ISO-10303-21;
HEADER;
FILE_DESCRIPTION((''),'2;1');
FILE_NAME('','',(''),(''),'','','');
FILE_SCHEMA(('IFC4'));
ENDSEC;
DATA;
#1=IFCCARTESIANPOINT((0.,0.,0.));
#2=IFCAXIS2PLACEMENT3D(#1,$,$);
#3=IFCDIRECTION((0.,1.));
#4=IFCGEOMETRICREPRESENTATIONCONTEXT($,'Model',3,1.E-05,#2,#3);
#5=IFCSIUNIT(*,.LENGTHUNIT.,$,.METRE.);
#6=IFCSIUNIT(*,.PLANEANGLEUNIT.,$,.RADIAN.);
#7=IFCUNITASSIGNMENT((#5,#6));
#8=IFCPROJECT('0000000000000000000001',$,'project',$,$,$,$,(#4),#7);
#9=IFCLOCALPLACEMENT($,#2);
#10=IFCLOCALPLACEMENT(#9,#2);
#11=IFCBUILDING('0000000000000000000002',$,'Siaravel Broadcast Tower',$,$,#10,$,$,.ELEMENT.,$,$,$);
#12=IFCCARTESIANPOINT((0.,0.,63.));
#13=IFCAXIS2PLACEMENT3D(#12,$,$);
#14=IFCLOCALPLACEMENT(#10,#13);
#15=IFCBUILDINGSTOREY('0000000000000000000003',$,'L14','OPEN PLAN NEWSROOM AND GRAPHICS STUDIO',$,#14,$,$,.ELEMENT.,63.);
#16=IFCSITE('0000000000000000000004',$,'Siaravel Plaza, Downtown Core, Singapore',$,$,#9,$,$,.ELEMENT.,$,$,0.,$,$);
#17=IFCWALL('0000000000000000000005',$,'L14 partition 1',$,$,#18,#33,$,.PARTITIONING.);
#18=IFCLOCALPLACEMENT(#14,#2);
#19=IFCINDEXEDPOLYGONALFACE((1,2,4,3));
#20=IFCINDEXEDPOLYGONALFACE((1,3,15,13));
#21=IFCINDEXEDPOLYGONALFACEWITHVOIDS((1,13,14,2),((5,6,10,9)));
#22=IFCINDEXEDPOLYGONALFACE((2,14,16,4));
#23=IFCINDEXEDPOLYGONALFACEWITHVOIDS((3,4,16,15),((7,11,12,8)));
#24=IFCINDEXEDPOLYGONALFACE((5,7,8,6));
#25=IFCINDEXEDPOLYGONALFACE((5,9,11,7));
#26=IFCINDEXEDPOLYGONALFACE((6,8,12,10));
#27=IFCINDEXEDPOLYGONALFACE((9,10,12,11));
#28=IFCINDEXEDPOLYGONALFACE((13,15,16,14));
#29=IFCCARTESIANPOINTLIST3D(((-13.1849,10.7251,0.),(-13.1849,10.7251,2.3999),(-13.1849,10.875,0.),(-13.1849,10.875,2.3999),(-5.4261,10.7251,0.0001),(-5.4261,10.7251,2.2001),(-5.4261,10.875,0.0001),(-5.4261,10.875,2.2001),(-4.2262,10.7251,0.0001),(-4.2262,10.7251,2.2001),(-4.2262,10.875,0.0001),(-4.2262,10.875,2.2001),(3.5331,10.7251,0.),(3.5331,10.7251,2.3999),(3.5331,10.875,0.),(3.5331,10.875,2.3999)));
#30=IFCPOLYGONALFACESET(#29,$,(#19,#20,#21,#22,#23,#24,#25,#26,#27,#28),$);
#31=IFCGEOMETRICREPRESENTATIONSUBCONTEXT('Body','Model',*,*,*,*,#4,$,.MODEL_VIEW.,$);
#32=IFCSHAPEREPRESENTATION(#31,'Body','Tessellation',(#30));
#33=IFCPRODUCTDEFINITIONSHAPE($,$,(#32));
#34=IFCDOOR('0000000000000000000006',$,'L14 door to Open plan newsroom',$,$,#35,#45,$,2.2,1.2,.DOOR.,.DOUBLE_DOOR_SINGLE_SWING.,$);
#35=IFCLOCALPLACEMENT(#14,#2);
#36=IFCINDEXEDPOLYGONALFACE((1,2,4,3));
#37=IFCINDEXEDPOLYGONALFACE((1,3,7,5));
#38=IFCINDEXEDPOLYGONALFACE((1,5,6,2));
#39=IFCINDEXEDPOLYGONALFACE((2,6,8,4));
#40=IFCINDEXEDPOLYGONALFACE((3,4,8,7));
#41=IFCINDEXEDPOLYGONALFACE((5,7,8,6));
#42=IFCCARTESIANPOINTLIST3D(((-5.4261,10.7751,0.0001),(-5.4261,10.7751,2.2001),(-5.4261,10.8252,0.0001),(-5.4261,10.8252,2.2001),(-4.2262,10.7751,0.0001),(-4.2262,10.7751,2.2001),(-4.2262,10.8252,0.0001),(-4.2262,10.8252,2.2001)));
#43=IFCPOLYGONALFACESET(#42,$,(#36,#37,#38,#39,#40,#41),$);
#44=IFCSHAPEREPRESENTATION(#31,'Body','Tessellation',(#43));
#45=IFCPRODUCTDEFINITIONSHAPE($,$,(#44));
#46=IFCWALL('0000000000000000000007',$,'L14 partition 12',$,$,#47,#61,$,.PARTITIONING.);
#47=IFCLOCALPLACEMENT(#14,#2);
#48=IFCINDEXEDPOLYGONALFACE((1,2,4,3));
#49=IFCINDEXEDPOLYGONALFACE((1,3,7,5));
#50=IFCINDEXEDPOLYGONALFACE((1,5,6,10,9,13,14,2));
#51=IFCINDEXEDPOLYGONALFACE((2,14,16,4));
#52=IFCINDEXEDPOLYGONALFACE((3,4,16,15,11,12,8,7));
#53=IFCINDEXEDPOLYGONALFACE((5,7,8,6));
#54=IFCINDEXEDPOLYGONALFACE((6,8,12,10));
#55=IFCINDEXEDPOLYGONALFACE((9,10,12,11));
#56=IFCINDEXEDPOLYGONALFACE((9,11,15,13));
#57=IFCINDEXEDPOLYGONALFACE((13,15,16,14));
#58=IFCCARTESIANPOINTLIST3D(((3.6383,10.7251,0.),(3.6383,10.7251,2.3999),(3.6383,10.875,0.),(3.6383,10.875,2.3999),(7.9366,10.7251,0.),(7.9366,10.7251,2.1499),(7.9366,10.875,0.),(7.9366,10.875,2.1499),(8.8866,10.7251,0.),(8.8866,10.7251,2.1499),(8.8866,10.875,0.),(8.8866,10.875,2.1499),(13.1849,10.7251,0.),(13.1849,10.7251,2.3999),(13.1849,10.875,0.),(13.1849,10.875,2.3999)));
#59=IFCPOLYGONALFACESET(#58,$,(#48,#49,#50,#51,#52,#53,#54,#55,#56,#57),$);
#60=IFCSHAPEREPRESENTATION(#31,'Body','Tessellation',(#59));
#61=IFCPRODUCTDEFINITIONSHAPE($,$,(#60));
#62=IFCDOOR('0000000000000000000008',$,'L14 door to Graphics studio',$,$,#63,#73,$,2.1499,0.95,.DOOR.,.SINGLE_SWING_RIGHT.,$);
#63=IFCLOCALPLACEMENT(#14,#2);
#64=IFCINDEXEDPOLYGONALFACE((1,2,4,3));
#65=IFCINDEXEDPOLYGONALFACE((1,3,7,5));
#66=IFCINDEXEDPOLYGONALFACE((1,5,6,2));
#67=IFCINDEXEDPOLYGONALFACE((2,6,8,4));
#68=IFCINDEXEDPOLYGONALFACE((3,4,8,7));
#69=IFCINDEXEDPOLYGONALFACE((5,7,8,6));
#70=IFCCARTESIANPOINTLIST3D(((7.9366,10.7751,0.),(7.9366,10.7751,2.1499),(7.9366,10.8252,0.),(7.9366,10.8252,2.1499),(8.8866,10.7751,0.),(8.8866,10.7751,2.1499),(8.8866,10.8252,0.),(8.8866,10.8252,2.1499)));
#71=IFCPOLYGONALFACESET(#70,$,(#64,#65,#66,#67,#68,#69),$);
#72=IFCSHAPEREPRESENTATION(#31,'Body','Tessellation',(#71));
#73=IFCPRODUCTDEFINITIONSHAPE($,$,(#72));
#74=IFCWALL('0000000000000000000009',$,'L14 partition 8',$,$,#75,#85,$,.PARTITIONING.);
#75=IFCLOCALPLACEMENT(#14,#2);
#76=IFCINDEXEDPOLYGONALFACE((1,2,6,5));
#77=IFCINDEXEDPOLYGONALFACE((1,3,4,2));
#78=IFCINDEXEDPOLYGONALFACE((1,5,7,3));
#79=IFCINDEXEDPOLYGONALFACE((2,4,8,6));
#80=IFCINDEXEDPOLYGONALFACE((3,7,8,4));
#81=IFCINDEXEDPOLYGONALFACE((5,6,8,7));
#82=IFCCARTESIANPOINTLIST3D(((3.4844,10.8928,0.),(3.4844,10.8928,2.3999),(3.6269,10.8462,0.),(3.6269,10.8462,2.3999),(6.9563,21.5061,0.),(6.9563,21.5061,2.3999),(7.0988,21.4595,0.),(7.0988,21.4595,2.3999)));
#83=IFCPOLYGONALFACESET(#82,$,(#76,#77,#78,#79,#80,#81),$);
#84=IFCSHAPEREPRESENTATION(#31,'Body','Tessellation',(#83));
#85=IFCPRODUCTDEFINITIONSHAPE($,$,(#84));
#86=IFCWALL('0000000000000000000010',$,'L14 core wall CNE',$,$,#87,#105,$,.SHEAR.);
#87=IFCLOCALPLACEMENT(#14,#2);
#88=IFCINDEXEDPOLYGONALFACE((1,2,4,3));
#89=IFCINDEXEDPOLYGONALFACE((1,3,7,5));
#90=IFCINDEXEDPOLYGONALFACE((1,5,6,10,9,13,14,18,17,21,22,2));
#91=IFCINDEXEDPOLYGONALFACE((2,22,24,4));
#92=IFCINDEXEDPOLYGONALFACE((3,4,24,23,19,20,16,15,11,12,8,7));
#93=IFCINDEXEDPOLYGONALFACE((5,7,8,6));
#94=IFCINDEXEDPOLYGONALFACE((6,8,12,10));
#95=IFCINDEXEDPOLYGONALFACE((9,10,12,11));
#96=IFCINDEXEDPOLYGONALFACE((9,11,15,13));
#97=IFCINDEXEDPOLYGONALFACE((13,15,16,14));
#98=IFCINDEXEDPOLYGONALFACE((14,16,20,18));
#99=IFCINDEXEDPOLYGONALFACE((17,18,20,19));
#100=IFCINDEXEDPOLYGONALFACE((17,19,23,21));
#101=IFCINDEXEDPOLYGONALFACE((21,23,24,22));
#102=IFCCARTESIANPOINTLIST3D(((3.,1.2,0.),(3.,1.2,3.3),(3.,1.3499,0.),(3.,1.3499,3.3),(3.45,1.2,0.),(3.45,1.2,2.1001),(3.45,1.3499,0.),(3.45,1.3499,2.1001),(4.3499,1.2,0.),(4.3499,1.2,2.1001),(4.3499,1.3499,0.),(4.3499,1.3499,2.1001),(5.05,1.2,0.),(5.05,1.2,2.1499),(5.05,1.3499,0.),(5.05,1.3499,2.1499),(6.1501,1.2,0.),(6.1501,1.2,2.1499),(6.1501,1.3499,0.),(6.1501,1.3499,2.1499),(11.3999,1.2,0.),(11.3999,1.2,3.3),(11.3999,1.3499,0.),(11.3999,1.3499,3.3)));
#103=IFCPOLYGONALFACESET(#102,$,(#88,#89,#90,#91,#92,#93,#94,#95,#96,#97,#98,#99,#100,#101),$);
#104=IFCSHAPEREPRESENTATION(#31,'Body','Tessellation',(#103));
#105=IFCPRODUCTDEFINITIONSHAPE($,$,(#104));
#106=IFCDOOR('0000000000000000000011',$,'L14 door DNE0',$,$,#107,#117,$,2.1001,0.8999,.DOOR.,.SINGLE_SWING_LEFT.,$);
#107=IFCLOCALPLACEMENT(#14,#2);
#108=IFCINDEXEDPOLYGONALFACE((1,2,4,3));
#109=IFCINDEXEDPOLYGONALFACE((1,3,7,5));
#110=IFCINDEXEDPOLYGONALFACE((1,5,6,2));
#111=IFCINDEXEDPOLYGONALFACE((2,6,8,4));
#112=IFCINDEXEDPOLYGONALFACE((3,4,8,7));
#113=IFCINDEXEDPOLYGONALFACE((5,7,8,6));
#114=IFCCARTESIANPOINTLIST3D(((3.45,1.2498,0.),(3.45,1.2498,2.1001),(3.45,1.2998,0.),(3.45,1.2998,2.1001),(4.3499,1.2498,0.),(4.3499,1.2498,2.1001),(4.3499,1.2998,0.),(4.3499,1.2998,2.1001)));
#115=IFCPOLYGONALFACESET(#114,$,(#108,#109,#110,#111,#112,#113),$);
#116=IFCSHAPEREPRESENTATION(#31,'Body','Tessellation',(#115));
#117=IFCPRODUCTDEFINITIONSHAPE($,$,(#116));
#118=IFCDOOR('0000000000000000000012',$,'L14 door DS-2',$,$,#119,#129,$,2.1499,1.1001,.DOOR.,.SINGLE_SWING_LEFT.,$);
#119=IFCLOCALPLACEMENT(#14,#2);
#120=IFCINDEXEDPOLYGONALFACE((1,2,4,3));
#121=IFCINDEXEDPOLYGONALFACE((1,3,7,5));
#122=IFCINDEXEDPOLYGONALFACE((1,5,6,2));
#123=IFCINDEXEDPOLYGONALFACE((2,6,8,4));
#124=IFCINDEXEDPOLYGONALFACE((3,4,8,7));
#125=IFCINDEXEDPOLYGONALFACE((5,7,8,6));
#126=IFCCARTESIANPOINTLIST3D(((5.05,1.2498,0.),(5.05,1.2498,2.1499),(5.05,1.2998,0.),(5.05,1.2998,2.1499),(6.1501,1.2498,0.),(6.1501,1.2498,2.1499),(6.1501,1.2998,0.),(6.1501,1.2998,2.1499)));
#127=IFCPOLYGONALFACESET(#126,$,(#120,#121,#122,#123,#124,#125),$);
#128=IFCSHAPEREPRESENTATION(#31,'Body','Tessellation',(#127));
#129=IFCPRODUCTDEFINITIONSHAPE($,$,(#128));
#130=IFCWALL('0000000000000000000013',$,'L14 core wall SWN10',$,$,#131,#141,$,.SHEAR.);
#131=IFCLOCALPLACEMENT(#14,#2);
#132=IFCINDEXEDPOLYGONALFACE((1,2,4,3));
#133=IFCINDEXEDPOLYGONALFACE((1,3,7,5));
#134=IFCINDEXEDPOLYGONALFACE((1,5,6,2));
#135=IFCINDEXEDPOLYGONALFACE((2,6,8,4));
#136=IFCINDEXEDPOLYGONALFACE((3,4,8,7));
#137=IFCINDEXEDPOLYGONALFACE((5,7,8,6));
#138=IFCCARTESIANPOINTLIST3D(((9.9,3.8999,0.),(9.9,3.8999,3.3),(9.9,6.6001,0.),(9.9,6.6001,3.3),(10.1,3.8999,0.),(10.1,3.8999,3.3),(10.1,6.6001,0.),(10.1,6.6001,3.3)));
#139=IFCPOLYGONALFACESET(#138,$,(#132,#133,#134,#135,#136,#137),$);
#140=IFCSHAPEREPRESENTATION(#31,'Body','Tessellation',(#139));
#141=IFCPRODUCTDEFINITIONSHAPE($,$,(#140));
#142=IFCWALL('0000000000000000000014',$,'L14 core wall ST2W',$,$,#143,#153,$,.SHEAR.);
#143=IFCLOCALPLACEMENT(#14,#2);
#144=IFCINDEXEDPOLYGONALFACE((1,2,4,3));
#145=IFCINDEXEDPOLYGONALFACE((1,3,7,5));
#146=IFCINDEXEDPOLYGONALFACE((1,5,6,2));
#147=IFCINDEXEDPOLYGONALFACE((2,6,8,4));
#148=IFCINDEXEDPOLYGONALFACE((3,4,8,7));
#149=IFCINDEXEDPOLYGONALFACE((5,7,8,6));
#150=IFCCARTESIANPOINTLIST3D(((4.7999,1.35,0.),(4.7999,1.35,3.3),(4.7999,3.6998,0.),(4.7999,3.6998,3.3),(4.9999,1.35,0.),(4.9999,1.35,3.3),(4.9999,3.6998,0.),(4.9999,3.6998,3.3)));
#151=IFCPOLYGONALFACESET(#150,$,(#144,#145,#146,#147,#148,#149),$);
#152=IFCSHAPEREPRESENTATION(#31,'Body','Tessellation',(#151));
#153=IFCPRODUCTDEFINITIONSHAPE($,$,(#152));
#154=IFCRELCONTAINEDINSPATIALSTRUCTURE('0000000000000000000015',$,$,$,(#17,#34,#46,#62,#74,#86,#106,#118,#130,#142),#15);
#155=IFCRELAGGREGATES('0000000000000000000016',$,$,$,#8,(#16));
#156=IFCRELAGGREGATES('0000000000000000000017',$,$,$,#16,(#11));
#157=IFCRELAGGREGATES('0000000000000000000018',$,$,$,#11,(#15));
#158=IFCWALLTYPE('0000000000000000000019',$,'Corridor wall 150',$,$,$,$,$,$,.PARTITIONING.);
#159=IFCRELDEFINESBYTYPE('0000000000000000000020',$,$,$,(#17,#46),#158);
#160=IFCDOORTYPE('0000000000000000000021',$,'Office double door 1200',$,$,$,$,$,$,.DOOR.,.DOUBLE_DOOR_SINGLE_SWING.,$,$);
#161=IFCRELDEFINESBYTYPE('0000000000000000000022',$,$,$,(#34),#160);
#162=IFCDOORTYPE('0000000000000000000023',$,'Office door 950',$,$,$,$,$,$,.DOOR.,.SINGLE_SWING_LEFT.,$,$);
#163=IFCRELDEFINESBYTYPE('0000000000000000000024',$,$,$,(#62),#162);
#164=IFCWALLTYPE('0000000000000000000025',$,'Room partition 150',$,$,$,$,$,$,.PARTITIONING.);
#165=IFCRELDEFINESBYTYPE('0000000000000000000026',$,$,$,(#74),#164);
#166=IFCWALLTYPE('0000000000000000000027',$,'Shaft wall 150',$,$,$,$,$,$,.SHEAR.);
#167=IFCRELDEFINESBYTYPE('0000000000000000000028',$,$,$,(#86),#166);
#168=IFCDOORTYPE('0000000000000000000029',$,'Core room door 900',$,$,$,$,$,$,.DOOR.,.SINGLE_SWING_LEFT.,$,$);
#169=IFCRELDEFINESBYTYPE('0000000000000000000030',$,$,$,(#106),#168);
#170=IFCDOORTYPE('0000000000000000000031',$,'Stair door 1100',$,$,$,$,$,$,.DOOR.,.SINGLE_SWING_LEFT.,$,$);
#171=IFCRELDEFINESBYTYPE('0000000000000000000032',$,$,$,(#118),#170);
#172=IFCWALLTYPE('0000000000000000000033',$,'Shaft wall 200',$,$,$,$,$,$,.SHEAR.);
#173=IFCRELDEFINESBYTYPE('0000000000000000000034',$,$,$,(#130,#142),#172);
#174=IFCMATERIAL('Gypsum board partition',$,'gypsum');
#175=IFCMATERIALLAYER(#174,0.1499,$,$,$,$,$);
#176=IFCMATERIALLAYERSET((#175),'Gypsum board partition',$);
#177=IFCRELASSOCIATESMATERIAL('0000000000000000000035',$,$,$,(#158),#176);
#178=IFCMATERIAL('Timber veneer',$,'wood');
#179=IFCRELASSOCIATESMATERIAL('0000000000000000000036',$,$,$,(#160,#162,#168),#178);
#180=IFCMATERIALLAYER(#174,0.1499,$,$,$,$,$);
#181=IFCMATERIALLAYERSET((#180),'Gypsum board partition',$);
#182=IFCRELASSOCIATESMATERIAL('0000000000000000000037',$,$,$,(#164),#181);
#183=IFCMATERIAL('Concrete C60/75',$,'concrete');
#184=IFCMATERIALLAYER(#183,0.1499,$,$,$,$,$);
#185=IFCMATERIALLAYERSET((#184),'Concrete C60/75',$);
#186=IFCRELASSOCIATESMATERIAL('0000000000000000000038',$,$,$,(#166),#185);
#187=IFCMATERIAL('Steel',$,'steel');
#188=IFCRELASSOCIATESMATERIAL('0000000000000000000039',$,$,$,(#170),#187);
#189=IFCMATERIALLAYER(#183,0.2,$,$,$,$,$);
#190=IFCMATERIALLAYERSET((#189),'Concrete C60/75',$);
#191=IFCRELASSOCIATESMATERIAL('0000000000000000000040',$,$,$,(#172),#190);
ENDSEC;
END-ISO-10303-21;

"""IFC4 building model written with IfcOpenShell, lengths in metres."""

from ifc_helpers import new_model, si_unit, direction, frame, frame_2d, origin, place, context, subcontext, project, spatial, rectangle, extrude, material, layer, layer_set, type_object, element, fill, save


model = new_model("IFC4")

# Units and contexts
model_context = context("Model", 3, precision=1e-05, world=origin(), true_north=direction((0.0, 1.0)))
body_context = subcontext(model_context, "Body", "Model", "MODEL_VIEW")
ifc_project = project(units=[si_unit("LENGTHUNIT", "METRE"), si_unit("PLANEANGLEUNIT", "RADIAN")], contexts=[model_context])

# Site, building, storey
site_placement = place(None, origin())
site = spatial("IfcSite", under=ifc_project, at=site_placement, Name="Siaravel Plaza, Downtown Core, Singapore", CompositionType="ELEMENT", RefElevation=0.0)
building_placement = place(site_placement, origin())
building = spatial("IfcBuilding", under=site, at=building_placement, Name="Siaravel Broadcast Tower", CompositionType="ELEMENT")
storey_placement = place(building_placement, frame((0.0, 0.0, 63.0)))
storey = spatial("IfcBuildingStorey", under=building, at=storey_placement, Name="L14", Description="OPEN PLAN NEWSROOM AND GRAPHICS STUDIO", CompositionType="ELEMENT", Elevation=63.0)

# Walls, openings, doors
ifc_material_1 = material(Name="Gypsum board partition", Category="gypsum")
ifc_layer_1 = layer(ifc_material_1, 0.1499)
ifc_layer_set_1 = layer_set([ifc_layer_1], Name="Gypsum board partition")
wall_type_1 = type_object("IfcWallType", Name="Corridor wall 150", PredefinedType="PARTITIONING", material=ifc_layer_set_1)
wall_1_placement = place(storey_placement, frame((3.533, 10.8, 0.0), z_axis=(0.0, 0.0, 1.0), x_axis=(-1.0, 0.0, 0.0)))
wall_1 = element("IfcWall", 1, at=wall_1_placement, inside=storey, type_object=wall_type_1, Name="L14 partition 1", PredefinedType="PARTITIONING", context=body_context, shape_type="SweptSolid", body=[
    extrude(rectangle(XDim=16.718, YDim=0.1499, at=frame_2d((8.3589, 0.0))), origin(), (0.0, 0.0, 1.0), 2.3999),
])
opening_1_placement = place(wall_1_placement, frame((7.759, 0.0, 0.0)))
opening_1 = element("IfcOpeningElement", 2, at=opening_1_placement, cuts=wall_1, PredefinedType="OPENING", context=body_context, shape_type="SweptSolid", body=[
    extrude(rectangle(XDim=1.2, YDim=2.2, at=frame_2d((0.6001, 1.1001))), frame((0.0, 0.085, 0.0), z_axis=(0.0, -1.0, 0.0), x_axis=(1.0, 0.0, 0.0)), (0.0, 0.0, 1.0), 0.1699),
])
ifc_material_2 = material(Name="Timber veneer", Category="wood")
door_type_1 = type_object("IfcDoorType", Name="Office double door 1200", OperationType="DOUBLE_DOOR_SINGLE_SWING", PredefinedType="DOOR", material=ifc_material_2)
door_1_placement = place(opening_1_placement, origin())
door_1 = element("IfcDoor", 3, at=door_1_placement, inside=storey, type_object=door_type_1, Name="L14 door to Open plan newsroom", OperationType="DOUBLE_DOOR_SINGLE_SWING", OverallHeight=2.2, OverallWidth=1.2, PredefinedType="DOOR", context=body_context, shape_type="SweptSolid", body=[
    extrude(rectangle(XDim=1.2, YDim=2.2, at=frame_2d((0.6001, 1.1001))), frame((0.0, 0.0249, 0.0), z_axis=(0.0, -1.0, 0.0), x_axis=(1.0, 0.0, 0.0)), (0.0, 0.0, 1.0), 0.05),
])
fill(opening_1, door_1)
wall_2_placement = place(storey_placement, frame((13.1851, 10.8, 0.0), z_axis=(0.0, 0.0, 1.0), x_axis=(-1.0, 0.0, 0.0)))
wall_2 = element("IfcWall", 4, at=wall_2_placement, inside=storey, type_object=wall_type_1, Name="L14 partition 12", PredefinedType="PARTITIONING", context=body_context, shape_type="SweptSolid", body=[
    extrude(rectangle(XDim=9.5466, YDim=0.1499, at=frame_2d((4.7734, 0.0))), origin(), (0.0, 0.0, 1.0), 2.3999),
])
opening_2_placement = place(wall_2_placement, frame((4.2983, 0.0, 0.0)))
opening_2 = element("IfcOpeningElement", 5, at=opening_2_placement, cuts=wall_2, PredefinedType="OPENING", context=body_context, shape_type="SweptSolid", body=[
    extrude(rectangle(XDim=0.95, YDim=2.1499, at=frame_2d((0.4751, 1.075))), frame((0.0, 0.085, 0.0), z_axis=(0.0, -1.0, 0.0), x_axis=(1.0, 0.0, 0.0)), (0.0, 0.0, 1.0), 0.1699),
])
door_type_2 = type_object("IfcDoorType", Name="Office door 950", OperationType="SINGLE_SWING_LEFT", PredefinedType="DOOR", material=ifc_material_2)
door_2_placement = place(opening_2_placement, origin())
door_2 = element("IfcDoor", 6, at=door_2_placement, inside=storey, type_object=door_type_2, Name="L14 door to Graphics studio", OperationType="SINGLE_SWING_RIGHT", OverallHeight=2.1499, OverallWidth=0.95, PredefinedType="DOOR", context=body_context, shape_type="SweptSolid", body=[
    extrude(rectangle(XDim=0.95, YDim=2.1499, at=frame_2d((0.4751, 1.075))), frame((0.0, 0.0249, 0.0), z_axis=(0.0, -1.0, 0.0), x_axis=(1.0, 0.0, 0.0)), (0.0, 0.0, 1.0), 0.05),
])
fill(opening_2, door_2)

# Wall
ifc_layer_2 = layer(ifc_material_1, 0.1499)
ifc_layer_set_2 = layer_set([ifc_layer_2], Name="Gypsum board partition")
wall_type_2 = type_object("IfcWallType", Name="Room partition 150", PredefinedType="PARTITIONING", material=ifc_layer_set_2)
wall_3_placement = place(storey_placement, frame((7.0276, 21.4829, 0.0), z_axis=(0.0, 0.0, 1.0), x_axis=(-0.310917, -0.950437, 0.0)))
element("IfcWall", 7, at=wall_3_placement, inside=storey, type_object=wall_type_2, Name="L14 partition 8", PredefinedType="PARTITIONING", context=body_context, shape_type="SweptSolid", body=[
    extrude(rectangle(XDim=11.1667, YDim=0.1499, at=frame_2d((5.5835, 0.0))), origin(), (0.0, 0.0, 1.0), 2.3999),
])

# Wall, openings, doors
ifc_material_3 = material(Name="Concrete C60/75", Category="concrete")
ifc_layer_3 = layer(ifc_material_3, 0.1499)
ifc_layer_set_3 = layer_set([ifc_layer_3], Name="Concrete C60/75")
wall_type_3 = type_object("IfcWallType", Name="Shaft wall 150", PredefinedType="SHEAR", material=ifc_layer_set_3)
wall_4_placement = place(storey_placement, frame((3.0, 1.2749, 0.0), z_axis=(0.0, 0.0, 1.0), x_axis=(1.0, 0.0, 0.0)))
wall_4 = element("IfcWall", 8, at=wall_4_placement, inside=storey, type_object=wall_type_3, Name="L14 core wall CNE", PredefinedType="SHEAR", context=body_context, shape_type="SweptSolid", body=[
    extrude(rectangle(XDim=8.3999, YDim=0.1499, at=frame_2d((4.2, 0.0))), origin(), (0.0, 0.0, 1.0), 3.3),
])
opening_3_placement = place(wall_4_placement, frame((2.05, 0.0, 0.0)))
opening_3 = element("IfcOpeningElement", 9, at=opening_3_placement, cuts=wall_4, PredefinedType="OPENING", context=body_context, shape_type="SweptSolid", body=[
    extrude(rectangle(XDim=1.1001, YDim=2.1499, at=frame_2d((0.55, 1.075))), frame((0.0, 0.085, 0.0), z_axis=(0.0, -1.0, 0.0), x_axis=(1.0, 0.0, 0.0)), (0.0, 0.0, 1.0), 0.1699),
])
opening_4_placement = place(wall_4_placement, frame((0.45, 0.0, 0.0)))
opening_4 = element("IfcOpeningElement", 10, at=opening_4_placement, cuts=wall_4, PredefinedType="OPENING", context=body_context, shape_type="SweptSolid", body=[
    extrude(rectangle(XDim=0.8999, YDim=2.1001, at=frame_2d((0.45, 1.05))), frame((0.0, 0.085, 0.0), z_axis=(0.0, -1.0, 0.0), x_axis=(1.0, 0.0, 0.0)), (0.0, 0.0, 1.0), 0.1699),
])
door_type_3 = type_object("IfcDoorType", Name="Core room door 900", OperationType="SINGLE_SWING_LEFT", PredefinedType="DOOR", material=ifc_material_2)
door_3_placement = place(opening_4_placement, origin())
door_3 = element("IfcDoor", 11, at=door_3_placement, inside=storey, type_object=door_type_3, Name="L14 door DNE0", OperationType="SINGLE_SWING_LEFT", OverallHeight=2.1001, OverallWidth=0.8999, PredefinedType="DOOR", context=body_context, shape_type="SweptSolid", body=[
    extrude(rectangle(XDim=0.8999, YDim=2.1001, at=frame_2d((0.45, 1.05))), frame((0.0, 0.0249, 0.0), z_axis=(0.0, -1.0, 0.0), x_axis=(1.0, 0.0, 0.0)), (0.0, 0.0, 1.0), 0.05),
])
fill(opening_4, door_3)
ifc_material_4 = material(Name="Steel", Category="steel")
door_type_4 = type_object("IfcDoorType", Name="Stair door 1100", OperationType="SINGLE_SWING_LEFT", PredefinedType="DOOR", material=ifc_material_4)
door_4_placement = place(opening_3_placement, origin())
door_4 = element("IfcDoor", 12, at=door_4_placement, inside=storey, type_object=door_type_4, Name="L14 door DS-2", OperationType="SINGLE_SWING_LEFT", OverallHeight=2.1499, OverallWidth=1.1001, PredefinedType="DOOR", context=body_context, shape_type="SweptSolid", body=[
    extrude(rectangle(XDim=1.1001, YDim=2.1499, at=frame_2d((0.55, 1.075))), frame((0.0, 0.0249, 0.0), z_axis=(0.0, -1.0, 0.0), x_axis=(1.0, 0.0, 0.0)), (0.0, 0.0, 1.0), 0.05),
])
fill(opening_3, door_4)

# Walls
ifc_layer_4 = layer(ifc_material_3, 0.2)
ifc_layer_set_4 = layer_set([ifc_layer_4], Name="Concrete C60/75")
wall_type_4 = type_object("IfcWallType", Name="Shaft wall 200", PredefinedType="SHEAR", material=ifc_layer_set_4)
wall_5_placement = place(storey_placement, frame((10.0, 3.8999, 0.0), z_axis=(0.0, 0.0, 1.0), x_axis=(0.0, 1.0, 0.0)))
element("IfcWall", 13, at=wall_5_placement, inside=storey, type_object=wall_type_4, Name="L14 core wall SWN10", PredefinedType="SHEAR", context=body_context, shape_type="SweptSolid", body=[
    extrude(rectangle(XDim=2.7002, YDim=0.2, at=frame_2d((1.3501, 0.0))), origin(), (0.0, 0.0, 1.0), 3.3),
])
wall_6_placement = place(storey_placement, frame((4.8999, 1.3501, 0.0), z_axis=(0.0, 0.0, 1.0), x_axis=(0.0, 1.0, 0.0)))
element("IfcWall", 14, at=wall_6_placement, inside=storey, type_object=wall_type_4, Name="L14 core wall ST2W", PredefinedType="SHEAR", context=body_context, shape_type="SweptSolid", body=[
    extrude(rectangle(XDim=2.3499, YDim=0.2, at=frame_2d((1.1748, 0.0))), origin(), (0.0, 0.0, 1.0), 3.3),
])

save(model, "model.ifc")
